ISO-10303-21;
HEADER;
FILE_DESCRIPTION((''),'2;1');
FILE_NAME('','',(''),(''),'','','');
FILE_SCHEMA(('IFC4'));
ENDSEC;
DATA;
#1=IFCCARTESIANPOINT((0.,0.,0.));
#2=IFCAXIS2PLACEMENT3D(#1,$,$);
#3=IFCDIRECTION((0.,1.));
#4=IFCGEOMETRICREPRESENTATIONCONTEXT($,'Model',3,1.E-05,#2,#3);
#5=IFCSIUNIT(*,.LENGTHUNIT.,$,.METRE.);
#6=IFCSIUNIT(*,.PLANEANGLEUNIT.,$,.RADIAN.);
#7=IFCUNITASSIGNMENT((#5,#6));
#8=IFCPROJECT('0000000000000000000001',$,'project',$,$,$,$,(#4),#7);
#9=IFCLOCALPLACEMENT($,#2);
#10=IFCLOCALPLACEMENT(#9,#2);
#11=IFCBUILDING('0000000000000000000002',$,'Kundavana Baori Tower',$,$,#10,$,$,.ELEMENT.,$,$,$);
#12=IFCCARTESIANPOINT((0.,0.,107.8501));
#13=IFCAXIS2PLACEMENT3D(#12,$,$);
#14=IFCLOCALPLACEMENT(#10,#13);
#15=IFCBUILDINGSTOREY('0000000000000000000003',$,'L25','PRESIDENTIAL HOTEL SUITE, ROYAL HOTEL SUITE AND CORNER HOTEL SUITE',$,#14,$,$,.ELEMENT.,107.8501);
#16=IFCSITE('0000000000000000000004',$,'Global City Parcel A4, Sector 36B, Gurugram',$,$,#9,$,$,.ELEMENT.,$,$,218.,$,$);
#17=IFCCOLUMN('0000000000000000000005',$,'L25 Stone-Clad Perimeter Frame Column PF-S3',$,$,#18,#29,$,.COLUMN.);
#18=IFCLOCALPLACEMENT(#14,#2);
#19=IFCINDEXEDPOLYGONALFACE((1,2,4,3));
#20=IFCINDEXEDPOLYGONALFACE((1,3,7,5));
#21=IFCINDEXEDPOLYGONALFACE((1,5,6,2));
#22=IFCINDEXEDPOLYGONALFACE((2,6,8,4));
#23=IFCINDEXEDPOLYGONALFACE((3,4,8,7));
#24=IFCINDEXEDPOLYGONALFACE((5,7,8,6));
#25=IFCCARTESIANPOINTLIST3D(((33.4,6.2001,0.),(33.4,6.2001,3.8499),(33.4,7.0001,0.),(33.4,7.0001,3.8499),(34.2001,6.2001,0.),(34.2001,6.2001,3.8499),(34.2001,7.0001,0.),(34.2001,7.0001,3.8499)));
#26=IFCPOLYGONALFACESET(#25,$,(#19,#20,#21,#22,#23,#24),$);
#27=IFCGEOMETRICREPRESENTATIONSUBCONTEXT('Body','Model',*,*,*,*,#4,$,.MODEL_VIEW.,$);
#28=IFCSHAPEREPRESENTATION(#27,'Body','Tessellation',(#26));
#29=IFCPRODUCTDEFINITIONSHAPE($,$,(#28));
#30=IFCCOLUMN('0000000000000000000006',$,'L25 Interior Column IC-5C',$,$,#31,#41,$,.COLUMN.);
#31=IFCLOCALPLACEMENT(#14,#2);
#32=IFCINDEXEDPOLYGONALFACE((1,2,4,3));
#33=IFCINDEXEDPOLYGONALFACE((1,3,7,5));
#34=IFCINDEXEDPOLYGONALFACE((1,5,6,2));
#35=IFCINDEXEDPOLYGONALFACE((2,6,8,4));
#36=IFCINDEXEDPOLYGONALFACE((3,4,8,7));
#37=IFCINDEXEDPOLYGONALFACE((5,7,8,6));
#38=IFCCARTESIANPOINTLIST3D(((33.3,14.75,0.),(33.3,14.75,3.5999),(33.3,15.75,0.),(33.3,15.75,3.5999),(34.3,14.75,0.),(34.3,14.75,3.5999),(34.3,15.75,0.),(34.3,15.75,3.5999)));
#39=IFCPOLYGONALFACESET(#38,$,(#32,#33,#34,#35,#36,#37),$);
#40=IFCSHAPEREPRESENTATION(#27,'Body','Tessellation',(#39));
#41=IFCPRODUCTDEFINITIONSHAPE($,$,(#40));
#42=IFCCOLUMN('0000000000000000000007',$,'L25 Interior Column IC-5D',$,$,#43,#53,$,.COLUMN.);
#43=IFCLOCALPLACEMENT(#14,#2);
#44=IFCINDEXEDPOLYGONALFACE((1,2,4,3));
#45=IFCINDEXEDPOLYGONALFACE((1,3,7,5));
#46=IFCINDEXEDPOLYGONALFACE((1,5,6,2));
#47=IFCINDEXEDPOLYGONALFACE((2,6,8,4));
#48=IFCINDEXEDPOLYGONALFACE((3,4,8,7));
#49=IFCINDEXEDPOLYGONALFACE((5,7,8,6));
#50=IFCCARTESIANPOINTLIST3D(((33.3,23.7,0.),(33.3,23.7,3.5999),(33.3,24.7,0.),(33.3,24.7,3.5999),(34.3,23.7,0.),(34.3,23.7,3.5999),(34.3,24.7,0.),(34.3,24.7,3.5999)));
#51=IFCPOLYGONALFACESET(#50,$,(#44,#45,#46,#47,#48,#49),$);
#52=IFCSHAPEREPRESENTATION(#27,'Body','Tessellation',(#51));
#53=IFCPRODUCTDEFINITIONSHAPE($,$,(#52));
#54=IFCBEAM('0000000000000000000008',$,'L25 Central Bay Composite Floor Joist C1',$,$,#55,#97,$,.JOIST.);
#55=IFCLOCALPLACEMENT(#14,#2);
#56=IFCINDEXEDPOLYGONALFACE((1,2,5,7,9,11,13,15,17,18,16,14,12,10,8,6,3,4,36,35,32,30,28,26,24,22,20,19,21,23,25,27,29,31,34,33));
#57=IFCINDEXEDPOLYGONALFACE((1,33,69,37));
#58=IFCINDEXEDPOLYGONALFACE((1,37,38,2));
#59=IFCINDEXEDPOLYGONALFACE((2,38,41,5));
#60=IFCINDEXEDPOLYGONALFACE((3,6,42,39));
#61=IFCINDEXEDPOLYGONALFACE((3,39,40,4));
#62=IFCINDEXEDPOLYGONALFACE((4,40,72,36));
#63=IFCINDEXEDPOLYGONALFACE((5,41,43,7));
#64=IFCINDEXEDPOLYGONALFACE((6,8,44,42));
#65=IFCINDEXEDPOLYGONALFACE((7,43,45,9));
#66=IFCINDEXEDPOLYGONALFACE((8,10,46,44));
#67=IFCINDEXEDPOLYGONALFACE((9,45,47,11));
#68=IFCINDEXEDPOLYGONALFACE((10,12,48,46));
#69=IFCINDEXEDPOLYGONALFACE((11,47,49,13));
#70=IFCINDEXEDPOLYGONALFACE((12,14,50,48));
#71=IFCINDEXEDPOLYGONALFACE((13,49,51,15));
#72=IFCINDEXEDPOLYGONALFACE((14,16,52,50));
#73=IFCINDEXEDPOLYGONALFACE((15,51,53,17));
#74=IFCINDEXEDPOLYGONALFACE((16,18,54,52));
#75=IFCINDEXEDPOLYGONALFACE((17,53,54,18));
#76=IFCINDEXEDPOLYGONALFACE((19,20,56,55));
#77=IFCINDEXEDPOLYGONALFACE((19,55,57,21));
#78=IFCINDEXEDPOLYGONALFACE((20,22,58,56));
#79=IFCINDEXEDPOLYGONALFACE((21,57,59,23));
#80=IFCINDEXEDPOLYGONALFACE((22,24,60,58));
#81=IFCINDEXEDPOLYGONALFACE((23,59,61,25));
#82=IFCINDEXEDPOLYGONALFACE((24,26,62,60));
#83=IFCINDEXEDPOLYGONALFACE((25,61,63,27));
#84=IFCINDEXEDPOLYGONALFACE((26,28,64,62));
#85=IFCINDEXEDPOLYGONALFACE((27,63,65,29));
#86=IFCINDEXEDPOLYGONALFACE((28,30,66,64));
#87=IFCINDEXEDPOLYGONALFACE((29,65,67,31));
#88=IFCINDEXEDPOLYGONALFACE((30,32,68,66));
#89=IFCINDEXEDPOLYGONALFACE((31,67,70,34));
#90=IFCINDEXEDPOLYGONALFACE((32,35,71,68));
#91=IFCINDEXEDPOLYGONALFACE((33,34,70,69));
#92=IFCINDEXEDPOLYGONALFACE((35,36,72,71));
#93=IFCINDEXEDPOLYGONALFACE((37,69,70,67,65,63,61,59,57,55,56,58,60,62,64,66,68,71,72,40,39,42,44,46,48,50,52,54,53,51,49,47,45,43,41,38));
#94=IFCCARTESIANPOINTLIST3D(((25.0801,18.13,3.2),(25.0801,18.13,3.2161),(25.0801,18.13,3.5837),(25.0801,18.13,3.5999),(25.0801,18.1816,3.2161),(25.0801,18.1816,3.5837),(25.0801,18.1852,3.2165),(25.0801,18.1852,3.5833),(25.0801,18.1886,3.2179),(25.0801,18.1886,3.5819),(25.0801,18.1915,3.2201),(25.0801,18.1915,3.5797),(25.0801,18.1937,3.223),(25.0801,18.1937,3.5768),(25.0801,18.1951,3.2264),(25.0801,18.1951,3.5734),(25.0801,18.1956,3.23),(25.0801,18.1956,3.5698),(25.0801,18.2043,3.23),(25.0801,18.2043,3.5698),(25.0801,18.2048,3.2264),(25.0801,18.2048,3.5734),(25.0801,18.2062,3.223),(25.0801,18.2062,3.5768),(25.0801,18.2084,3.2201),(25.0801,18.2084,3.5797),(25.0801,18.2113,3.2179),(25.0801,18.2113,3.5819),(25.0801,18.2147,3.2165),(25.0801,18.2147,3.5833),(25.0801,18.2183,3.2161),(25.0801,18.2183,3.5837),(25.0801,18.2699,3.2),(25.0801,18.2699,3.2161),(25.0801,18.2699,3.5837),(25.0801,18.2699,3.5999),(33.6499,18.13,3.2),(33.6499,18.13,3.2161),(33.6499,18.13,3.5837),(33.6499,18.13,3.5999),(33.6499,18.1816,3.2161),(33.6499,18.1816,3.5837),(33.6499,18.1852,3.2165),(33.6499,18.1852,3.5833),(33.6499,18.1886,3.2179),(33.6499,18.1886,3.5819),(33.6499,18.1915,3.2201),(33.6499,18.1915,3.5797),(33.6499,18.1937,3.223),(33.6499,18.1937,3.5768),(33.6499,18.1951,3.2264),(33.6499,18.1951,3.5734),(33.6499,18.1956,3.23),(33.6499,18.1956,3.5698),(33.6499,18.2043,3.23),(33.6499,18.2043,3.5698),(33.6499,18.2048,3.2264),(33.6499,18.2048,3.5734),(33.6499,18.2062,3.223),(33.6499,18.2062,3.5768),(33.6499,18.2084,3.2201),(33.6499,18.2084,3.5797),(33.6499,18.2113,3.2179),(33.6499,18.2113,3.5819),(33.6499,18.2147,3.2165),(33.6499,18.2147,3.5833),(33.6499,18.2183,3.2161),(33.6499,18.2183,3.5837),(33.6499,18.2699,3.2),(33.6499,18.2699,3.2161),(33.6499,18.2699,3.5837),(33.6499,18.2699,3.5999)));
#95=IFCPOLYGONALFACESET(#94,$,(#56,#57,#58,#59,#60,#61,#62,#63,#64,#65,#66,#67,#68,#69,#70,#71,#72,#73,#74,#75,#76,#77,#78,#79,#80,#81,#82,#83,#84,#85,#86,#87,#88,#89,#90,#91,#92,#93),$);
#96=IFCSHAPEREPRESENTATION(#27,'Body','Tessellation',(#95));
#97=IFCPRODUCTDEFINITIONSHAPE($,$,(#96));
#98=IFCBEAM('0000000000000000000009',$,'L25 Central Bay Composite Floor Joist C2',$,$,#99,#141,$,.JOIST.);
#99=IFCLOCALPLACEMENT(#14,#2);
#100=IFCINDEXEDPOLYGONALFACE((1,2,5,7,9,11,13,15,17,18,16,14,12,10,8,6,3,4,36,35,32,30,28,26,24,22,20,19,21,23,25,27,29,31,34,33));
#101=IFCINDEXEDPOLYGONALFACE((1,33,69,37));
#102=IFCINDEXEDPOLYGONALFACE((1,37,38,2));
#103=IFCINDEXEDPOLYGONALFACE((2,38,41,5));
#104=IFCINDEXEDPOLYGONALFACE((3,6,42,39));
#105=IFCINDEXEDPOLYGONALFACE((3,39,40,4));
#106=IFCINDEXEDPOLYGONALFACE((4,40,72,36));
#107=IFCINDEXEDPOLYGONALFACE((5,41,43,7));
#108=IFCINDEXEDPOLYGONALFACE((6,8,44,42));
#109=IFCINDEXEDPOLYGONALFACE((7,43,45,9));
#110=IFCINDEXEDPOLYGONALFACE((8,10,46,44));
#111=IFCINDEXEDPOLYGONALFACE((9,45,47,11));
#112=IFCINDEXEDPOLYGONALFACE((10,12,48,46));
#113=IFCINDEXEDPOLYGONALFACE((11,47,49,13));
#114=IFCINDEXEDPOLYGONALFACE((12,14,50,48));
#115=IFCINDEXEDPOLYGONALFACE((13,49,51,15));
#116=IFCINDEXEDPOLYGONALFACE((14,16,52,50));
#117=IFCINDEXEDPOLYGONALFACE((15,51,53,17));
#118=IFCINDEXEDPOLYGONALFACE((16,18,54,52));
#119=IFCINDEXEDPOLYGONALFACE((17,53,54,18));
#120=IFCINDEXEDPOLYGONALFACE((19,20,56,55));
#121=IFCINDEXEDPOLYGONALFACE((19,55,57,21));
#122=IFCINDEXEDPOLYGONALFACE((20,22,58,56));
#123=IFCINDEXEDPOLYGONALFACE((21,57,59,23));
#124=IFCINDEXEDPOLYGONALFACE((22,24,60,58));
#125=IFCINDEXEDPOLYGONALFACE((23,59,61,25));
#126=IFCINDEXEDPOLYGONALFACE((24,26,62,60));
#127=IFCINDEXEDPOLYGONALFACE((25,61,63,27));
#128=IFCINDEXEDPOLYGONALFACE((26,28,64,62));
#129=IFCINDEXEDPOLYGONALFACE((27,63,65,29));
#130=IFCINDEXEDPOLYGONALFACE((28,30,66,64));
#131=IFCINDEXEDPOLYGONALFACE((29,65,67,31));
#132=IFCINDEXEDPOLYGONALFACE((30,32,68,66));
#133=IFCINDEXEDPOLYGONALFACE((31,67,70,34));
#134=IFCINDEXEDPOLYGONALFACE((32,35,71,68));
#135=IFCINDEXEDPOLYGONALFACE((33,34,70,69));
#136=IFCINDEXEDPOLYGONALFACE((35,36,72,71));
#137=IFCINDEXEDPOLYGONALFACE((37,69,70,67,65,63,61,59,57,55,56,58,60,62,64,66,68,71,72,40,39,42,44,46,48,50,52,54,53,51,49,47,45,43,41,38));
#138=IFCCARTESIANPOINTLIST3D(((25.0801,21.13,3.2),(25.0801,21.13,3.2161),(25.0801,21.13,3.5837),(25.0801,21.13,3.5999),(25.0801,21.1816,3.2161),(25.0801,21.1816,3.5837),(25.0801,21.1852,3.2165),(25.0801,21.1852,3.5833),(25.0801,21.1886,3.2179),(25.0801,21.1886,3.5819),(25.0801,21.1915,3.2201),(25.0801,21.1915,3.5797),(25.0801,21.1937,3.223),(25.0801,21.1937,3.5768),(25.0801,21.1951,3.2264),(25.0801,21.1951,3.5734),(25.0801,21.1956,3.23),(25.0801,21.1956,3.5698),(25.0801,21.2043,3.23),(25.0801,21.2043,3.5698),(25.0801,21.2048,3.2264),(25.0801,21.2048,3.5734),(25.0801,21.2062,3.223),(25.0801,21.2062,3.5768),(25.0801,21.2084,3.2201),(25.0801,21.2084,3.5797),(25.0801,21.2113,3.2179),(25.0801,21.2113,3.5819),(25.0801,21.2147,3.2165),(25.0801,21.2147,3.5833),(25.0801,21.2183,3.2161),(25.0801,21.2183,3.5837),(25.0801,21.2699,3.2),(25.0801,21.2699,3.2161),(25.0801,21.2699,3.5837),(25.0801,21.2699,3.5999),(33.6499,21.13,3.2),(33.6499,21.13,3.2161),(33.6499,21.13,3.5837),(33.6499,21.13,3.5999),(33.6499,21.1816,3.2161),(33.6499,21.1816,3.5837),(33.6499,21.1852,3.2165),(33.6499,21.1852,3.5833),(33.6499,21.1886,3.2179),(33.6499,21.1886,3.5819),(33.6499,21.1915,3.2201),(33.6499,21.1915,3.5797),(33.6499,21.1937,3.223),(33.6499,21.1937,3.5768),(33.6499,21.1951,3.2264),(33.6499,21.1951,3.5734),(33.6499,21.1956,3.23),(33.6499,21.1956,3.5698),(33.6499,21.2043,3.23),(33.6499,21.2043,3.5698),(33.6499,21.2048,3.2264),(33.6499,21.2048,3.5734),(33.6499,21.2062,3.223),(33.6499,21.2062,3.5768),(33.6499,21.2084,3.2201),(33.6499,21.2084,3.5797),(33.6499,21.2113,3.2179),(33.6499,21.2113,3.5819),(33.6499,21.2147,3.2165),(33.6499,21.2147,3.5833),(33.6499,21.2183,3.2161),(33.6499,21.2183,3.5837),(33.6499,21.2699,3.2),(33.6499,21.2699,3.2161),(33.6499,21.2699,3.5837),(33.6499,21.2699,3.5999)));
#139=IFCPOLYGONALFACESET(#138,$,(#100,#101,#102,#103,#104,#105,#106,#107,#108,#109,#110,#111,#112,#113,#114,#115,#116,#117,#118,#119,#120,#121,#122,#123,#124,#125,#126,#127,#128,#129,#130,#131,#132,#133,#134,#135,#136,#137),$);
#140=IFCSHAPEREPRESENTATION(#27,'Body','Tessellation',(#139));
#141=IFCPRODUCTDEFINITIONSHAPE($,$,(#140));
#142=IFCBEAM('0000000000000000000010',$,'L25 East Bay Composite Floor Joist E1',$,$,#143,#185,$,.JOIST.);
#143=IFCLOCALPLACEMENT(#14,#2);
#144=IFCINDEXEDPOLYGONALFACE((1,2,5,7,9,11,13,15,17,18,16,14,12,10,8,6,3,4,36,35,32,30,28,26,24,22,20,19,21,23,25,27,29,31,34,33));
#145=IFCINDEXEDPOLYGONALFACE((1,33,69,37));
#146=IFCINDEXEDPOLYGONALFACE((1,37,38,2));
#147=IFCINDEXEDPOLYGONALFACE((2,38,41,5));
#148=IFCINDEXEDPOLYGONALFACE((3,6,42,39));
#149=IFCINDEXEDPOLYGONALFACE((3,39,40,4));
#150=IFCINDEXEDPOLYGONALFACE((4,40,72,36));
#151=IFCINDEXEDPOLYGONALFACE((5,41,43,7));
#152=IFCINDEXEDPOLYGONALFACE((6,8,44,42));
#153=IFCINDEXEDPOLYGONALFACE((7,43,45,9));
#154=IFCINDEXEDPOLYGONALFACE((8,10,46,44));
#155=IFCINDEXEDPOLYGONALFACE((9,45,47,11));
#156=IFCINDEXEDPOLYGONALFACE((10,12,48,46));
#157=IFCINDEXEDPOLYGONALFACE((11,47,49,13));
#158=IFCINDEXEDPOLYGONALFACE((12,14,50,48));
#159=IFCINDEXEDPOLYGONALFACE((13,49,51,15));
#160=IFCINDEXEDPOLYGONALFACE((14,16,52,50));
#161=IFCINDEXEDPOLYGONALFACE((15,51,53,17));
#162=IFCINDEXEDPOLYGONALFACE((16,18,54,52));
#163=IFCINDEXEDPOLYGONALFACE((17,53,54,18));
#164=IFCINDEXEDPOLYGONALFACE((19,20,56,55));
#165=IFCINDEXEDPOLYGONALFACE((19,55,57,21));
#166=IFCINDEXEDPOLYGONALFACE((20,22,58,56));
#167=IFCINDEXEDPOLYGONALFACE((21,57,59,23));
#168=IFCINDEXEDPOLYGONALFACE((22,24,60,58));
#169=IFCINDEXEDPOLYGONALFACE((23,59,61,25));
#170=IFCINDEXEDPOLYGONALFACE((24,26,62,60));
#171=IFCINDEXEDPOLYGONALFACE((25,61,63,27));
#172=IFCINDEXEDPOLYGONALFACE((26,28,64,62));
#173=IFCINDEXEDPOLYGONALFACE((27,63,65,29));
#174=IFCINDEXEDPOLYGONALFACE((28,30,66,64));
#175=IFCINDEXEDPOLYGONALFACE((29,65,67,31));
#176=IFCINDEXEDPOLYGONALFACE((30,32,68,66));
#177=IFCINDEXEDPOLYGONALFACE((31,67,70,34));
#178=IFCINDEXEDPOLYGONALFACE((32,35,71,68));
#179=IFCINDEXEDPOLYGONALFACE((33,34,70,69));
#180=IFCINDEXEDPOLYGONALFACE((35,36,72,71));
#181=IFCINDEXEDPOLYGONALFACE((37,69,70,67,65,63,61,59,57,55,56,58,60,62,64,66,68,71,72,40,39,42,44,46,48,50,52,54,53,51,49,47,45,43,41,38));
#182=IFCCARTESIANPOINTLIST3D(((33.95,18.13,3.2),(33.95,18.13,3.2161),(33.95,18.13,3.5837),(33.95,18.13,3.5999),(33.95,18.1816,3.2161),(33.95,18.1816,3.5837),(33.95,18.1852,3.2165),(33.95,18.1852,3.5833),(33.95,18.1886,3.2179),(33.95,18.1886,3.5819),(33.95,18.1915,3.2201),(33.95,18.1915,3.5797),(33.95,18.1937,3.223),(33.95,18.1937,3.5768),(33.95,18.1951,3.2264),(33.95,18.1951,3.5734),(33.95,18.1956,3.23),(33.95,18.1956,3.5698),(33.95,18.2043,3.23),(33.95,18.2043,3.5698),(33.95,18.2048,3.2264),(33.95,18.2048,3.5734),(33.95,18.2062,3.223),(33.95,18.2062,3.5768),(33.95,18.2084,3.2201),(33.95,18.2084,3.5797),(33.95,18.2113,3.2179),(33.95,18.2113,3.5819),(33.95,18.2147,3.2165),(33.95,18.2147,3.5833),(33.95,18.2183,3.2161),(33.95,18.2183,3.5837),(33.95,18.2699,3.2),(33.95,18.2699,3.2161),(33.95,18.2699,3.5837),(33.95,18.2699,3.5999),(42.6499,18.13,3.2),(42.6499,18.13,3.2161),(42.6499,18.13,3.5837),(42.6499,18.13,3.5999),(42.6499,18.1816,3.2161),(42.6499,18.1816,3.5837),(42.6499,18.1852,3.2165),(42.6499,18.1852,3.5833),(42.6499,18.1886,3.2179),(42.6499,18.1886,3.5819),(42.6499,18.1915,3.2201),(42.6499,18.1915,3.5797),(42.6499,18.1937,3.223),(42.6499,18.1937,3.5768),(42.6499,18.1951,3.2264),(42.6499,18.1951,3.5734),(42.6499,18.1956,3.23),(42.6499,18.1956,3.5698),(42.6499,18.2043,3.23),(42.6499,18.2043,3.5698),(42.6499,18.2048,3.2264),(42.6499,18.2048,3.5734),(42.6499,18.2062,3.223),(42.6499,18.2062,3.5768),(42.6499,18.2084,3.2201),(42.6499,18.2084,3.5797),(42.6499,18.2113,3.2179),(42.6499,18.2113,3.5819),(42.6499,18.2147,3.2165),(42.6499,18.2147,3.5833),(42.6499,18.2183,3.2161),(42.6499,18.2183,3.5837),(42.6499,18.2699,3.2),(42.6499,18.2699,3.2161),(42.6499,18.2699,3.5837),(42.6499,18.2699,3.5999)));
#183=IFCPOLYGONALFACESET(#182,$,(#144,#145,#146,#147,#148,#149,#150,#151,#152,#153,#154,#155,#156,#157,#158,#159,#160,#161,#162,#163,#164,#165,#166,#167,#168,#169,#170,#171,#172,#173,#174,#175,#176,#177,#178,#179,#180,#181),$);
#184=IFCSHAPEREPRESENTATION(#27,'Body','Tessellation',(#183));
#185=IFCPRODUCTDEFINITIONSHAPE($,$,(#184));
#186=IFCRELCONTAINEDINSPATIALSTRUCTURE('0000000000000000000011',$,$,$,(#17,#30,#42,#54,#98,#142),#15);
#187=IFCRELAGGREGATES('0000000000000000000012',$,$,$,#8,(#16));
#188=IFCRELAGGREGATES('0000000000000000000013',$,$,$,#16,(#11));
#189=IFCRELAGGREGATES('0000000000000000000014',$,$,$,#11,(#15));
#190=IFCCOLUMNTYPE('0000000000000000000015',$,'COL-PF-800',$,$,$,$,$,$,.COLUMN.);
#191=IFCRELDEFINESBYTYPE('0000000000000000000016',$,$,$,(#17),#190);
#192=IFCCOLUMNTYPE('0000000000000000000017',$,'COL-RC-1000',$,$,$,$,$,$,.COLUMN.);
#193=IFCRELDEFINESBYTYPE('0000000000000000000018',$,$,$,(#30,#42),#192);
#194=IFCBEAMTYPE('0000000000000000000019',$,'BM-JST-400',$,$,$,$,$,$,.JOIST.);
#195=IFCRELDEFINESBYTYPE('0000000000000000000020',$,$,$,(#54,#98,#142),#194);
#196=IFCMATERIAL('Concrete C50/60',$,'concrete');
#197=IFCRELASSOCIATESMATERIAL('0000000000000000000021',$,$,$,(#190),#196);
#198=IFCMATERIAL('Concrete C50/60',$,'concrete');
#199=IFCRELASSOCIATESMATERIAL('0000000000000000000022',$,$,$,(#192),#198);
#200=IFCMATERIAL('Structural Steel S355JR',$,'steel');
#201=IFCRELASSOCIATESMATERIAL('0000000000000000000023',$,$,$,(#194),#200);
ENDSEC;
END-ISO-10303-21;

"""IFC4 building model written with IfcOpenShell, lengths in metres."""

from ifc_helpers import new_model, si_unit, direction, frame, origin, origin_2d, place, context, subcontext, project, spatial, rectangle, i_section, extrude, material, material_profile, profile_set, type_object, element, save


model = new_model("IFC4")

# Units and contexts
model_context = context("Model", 3, precision=1e-05, world=origin(), true_north=direction((0.0, 1.0)))
body_context = subcontext(model_context, "Body", "Model", "MODEL_VIEW")
ifc_project = project(units=[si_unit("LENGTHUNIT", "METRE"), si_unit("PLANEANGLEUNIT", "RADIAN")], contexts=[model_context])

# Site, building, storey
site_placement = place(None, origin())
site = spatial("IfcSite", under=ifc_project, at=site_placement, Name="Global City Parcel A4, Sector 36B, Gurugram", CompositionType="ELEMENT", RefElevation=218.0)
building_placement = place(site_placement, origin())
building = spatial("IfcBuilding", under=site, at=building_placement, Name="Kundavana Baori Tower", CompositionType="ELEMENT")
storey_placement = place(building_placement, frame((0.0, 0.0, 107.8501)))
storey = spatial("IfcBuildingStorey", under=building, at=storey_placement, Name="L25", Description="PRESIDENTIAL HOTEL SUITE, ROYAL HOTEL SUITE AND CORNER HOTEL SUITE", CompositionType="ELEMENT", Elevation=107.8501)

# Columns
ifc_material_1 = material(Name="Concrete C50/60", Category="concrete")
ifc_material_profile_1 = material_profile(ifc_material_1, rectangle(XDim=0.8, YDim=0.8, at=origin_2d()), Name="RC PF 800x800")
ifc_profile_set_1 = profile_set([ifc_material_profile_1], Name="Concrete C50/60")
column_type_1 = type_object("IfcColumnType", Name="COL-PF-800", PredefinedType="COLUMN", material=ifc_profile_set_1)
column_placement = place(storey_placement, frame((33.8, 6.6001, 0.0), z_axis=(0.0, 0.0, 1.0), x_axis=(1.0, 0.0, 0.0)))
element("IfcColumn", 1, at=column_placement, inside=storey, type_object=column_type_1, Name="L25 Stone-Clad Perimeter Frame Column PF-S3", PredefinedType="COLUMN", context=body_context, shape_type="SweptSolid", body=[
    extrude(rectangle(XDim=0.8, YDim=0.8, at=origin_2d()), origin(), (0.0, 0.0, 1.0), 3.8499),
])
ifc_material_2 = material(Name="Concrete C50/60", Category="concrete")
ifc_material_profile_2 = material_profile(ifc_material_2, rectangle(XDim=1.0, YDim=1.0, at=origin_2d()), Name="RC 1000x1000")
ifc_profile_set_2 = profile_set([ifc_material_profile_2], Name="Concrete C50/60")
column_type_2 = type_object("IfcColumnType", Name="COL-RC-1000", PredefinedType="COLUMN", material=ifc_profile_set_2)
for number, where, z_axis, x_axis, name in (
    (2, (33.8, 15.25, 0.0), (0.0, 0.0, 1.0), (1.0, 0.0, 0.0), "L25 Interior Column IC-5C"),
    (3, (33.8, 24.2, 0.0), (0.0, 0.0, 1.0), (1.0, 0.0, 0.0), "L25 Interior Column IC-5D"),
):
    element("IfcColumn", number, at=place(storey_placement, frame(where, z_axis=z_axis, x_axis=x_axis)), inside=storey, type_object=column_type_2, Name=name, PredefinedType="COLUMN", context=body_context, shape_type="SweptSolid", body=[
        extrude(rectangle(XDim=1.0, YDim=1.0, at=origin_2d()), origin(), (0.0, 0.0, 1.0), 3.5999),
    ])

# Beams
ifc_material_3 = material(Name="Structural Steel S355JR", Category="steel")
ifc_material_profile_3 = material_profile(ifc_material_3, i_section(OverallWidth=0.1399, OverallDepth=0.3999, WebThickness=0.0088, FlangeThickness=0.0161, FilletRadius=0.0139, at=origin_2d()), Name="ISMB 400")
ifc_profile_set_3 = profile_set([ifc_material_profile_3], Name="Structural Steel S355JR")
beam_type_1 = type_object("IfcBeamType", Name="BM-JST-400", PredefinedType="JOIST", material=ifc_profile_set_3)
for number, where, z_axis, x_axis, name in (
    (4, (25.0801, 18.2, 3.3999), (1.0, 0.0, 0.0), (0.0, 1.0, 0.0), "L25 Central Bay Composite Floor Joist C1"),
    (5, (25.0801, 21.2, 3.3999), (1.0, 0.0, 0.0), (0.0, 1.0, 0.0), "L25 Central Bay Composite Floor Joist C2"),
):
    element("IfcBeam", number, at=place(storey_placement, frame(where, z_axis=z_axis, x_axis=x_axis)), inside=storey, type_object=beam_type_1, Name=name, PredefinedType="JOIST", context=body_context, shape_type="SweptSolid", body=[
        extrude(i_section(OverallWidth=0.1399, OverallDepth=0.3999, WebThickness=0.0088, FlangeThickness=0.0161, FilletRadius=0.0139, at=origin_2d()), origin(), (0.0, 0.0, 1.0), 8.5698),
    ])
for number, where, z_axis, x_axis, name in (
    (6, (33.95, 18.2, 3.3999), (1.0, 0.0, 0.0), (0.0, 1.0, 0.0), "L25 East Bay Composite Floor Joist E1"),
):
    element("IfcBeam", number, at=place(storey_placement, frame(where, z_axis=z_axis, x_axis=x_axis)), inside=storey, type_object=beam_type_1, Name=name, PredefinedType="JOIST", context=body_context, shape_type="SweptSolid", body=[
        extrude(i_section(OverallWidth=0.1399, OverallDepth=0.3999, WebThickness=0.0088, FlangeThickness=0.0161, FilletRadius=0.0139, at=origin_2d()), origin(), (0.0, 0.0, 1.0), 8.7),
    ])

save(model, "model.ifc")
